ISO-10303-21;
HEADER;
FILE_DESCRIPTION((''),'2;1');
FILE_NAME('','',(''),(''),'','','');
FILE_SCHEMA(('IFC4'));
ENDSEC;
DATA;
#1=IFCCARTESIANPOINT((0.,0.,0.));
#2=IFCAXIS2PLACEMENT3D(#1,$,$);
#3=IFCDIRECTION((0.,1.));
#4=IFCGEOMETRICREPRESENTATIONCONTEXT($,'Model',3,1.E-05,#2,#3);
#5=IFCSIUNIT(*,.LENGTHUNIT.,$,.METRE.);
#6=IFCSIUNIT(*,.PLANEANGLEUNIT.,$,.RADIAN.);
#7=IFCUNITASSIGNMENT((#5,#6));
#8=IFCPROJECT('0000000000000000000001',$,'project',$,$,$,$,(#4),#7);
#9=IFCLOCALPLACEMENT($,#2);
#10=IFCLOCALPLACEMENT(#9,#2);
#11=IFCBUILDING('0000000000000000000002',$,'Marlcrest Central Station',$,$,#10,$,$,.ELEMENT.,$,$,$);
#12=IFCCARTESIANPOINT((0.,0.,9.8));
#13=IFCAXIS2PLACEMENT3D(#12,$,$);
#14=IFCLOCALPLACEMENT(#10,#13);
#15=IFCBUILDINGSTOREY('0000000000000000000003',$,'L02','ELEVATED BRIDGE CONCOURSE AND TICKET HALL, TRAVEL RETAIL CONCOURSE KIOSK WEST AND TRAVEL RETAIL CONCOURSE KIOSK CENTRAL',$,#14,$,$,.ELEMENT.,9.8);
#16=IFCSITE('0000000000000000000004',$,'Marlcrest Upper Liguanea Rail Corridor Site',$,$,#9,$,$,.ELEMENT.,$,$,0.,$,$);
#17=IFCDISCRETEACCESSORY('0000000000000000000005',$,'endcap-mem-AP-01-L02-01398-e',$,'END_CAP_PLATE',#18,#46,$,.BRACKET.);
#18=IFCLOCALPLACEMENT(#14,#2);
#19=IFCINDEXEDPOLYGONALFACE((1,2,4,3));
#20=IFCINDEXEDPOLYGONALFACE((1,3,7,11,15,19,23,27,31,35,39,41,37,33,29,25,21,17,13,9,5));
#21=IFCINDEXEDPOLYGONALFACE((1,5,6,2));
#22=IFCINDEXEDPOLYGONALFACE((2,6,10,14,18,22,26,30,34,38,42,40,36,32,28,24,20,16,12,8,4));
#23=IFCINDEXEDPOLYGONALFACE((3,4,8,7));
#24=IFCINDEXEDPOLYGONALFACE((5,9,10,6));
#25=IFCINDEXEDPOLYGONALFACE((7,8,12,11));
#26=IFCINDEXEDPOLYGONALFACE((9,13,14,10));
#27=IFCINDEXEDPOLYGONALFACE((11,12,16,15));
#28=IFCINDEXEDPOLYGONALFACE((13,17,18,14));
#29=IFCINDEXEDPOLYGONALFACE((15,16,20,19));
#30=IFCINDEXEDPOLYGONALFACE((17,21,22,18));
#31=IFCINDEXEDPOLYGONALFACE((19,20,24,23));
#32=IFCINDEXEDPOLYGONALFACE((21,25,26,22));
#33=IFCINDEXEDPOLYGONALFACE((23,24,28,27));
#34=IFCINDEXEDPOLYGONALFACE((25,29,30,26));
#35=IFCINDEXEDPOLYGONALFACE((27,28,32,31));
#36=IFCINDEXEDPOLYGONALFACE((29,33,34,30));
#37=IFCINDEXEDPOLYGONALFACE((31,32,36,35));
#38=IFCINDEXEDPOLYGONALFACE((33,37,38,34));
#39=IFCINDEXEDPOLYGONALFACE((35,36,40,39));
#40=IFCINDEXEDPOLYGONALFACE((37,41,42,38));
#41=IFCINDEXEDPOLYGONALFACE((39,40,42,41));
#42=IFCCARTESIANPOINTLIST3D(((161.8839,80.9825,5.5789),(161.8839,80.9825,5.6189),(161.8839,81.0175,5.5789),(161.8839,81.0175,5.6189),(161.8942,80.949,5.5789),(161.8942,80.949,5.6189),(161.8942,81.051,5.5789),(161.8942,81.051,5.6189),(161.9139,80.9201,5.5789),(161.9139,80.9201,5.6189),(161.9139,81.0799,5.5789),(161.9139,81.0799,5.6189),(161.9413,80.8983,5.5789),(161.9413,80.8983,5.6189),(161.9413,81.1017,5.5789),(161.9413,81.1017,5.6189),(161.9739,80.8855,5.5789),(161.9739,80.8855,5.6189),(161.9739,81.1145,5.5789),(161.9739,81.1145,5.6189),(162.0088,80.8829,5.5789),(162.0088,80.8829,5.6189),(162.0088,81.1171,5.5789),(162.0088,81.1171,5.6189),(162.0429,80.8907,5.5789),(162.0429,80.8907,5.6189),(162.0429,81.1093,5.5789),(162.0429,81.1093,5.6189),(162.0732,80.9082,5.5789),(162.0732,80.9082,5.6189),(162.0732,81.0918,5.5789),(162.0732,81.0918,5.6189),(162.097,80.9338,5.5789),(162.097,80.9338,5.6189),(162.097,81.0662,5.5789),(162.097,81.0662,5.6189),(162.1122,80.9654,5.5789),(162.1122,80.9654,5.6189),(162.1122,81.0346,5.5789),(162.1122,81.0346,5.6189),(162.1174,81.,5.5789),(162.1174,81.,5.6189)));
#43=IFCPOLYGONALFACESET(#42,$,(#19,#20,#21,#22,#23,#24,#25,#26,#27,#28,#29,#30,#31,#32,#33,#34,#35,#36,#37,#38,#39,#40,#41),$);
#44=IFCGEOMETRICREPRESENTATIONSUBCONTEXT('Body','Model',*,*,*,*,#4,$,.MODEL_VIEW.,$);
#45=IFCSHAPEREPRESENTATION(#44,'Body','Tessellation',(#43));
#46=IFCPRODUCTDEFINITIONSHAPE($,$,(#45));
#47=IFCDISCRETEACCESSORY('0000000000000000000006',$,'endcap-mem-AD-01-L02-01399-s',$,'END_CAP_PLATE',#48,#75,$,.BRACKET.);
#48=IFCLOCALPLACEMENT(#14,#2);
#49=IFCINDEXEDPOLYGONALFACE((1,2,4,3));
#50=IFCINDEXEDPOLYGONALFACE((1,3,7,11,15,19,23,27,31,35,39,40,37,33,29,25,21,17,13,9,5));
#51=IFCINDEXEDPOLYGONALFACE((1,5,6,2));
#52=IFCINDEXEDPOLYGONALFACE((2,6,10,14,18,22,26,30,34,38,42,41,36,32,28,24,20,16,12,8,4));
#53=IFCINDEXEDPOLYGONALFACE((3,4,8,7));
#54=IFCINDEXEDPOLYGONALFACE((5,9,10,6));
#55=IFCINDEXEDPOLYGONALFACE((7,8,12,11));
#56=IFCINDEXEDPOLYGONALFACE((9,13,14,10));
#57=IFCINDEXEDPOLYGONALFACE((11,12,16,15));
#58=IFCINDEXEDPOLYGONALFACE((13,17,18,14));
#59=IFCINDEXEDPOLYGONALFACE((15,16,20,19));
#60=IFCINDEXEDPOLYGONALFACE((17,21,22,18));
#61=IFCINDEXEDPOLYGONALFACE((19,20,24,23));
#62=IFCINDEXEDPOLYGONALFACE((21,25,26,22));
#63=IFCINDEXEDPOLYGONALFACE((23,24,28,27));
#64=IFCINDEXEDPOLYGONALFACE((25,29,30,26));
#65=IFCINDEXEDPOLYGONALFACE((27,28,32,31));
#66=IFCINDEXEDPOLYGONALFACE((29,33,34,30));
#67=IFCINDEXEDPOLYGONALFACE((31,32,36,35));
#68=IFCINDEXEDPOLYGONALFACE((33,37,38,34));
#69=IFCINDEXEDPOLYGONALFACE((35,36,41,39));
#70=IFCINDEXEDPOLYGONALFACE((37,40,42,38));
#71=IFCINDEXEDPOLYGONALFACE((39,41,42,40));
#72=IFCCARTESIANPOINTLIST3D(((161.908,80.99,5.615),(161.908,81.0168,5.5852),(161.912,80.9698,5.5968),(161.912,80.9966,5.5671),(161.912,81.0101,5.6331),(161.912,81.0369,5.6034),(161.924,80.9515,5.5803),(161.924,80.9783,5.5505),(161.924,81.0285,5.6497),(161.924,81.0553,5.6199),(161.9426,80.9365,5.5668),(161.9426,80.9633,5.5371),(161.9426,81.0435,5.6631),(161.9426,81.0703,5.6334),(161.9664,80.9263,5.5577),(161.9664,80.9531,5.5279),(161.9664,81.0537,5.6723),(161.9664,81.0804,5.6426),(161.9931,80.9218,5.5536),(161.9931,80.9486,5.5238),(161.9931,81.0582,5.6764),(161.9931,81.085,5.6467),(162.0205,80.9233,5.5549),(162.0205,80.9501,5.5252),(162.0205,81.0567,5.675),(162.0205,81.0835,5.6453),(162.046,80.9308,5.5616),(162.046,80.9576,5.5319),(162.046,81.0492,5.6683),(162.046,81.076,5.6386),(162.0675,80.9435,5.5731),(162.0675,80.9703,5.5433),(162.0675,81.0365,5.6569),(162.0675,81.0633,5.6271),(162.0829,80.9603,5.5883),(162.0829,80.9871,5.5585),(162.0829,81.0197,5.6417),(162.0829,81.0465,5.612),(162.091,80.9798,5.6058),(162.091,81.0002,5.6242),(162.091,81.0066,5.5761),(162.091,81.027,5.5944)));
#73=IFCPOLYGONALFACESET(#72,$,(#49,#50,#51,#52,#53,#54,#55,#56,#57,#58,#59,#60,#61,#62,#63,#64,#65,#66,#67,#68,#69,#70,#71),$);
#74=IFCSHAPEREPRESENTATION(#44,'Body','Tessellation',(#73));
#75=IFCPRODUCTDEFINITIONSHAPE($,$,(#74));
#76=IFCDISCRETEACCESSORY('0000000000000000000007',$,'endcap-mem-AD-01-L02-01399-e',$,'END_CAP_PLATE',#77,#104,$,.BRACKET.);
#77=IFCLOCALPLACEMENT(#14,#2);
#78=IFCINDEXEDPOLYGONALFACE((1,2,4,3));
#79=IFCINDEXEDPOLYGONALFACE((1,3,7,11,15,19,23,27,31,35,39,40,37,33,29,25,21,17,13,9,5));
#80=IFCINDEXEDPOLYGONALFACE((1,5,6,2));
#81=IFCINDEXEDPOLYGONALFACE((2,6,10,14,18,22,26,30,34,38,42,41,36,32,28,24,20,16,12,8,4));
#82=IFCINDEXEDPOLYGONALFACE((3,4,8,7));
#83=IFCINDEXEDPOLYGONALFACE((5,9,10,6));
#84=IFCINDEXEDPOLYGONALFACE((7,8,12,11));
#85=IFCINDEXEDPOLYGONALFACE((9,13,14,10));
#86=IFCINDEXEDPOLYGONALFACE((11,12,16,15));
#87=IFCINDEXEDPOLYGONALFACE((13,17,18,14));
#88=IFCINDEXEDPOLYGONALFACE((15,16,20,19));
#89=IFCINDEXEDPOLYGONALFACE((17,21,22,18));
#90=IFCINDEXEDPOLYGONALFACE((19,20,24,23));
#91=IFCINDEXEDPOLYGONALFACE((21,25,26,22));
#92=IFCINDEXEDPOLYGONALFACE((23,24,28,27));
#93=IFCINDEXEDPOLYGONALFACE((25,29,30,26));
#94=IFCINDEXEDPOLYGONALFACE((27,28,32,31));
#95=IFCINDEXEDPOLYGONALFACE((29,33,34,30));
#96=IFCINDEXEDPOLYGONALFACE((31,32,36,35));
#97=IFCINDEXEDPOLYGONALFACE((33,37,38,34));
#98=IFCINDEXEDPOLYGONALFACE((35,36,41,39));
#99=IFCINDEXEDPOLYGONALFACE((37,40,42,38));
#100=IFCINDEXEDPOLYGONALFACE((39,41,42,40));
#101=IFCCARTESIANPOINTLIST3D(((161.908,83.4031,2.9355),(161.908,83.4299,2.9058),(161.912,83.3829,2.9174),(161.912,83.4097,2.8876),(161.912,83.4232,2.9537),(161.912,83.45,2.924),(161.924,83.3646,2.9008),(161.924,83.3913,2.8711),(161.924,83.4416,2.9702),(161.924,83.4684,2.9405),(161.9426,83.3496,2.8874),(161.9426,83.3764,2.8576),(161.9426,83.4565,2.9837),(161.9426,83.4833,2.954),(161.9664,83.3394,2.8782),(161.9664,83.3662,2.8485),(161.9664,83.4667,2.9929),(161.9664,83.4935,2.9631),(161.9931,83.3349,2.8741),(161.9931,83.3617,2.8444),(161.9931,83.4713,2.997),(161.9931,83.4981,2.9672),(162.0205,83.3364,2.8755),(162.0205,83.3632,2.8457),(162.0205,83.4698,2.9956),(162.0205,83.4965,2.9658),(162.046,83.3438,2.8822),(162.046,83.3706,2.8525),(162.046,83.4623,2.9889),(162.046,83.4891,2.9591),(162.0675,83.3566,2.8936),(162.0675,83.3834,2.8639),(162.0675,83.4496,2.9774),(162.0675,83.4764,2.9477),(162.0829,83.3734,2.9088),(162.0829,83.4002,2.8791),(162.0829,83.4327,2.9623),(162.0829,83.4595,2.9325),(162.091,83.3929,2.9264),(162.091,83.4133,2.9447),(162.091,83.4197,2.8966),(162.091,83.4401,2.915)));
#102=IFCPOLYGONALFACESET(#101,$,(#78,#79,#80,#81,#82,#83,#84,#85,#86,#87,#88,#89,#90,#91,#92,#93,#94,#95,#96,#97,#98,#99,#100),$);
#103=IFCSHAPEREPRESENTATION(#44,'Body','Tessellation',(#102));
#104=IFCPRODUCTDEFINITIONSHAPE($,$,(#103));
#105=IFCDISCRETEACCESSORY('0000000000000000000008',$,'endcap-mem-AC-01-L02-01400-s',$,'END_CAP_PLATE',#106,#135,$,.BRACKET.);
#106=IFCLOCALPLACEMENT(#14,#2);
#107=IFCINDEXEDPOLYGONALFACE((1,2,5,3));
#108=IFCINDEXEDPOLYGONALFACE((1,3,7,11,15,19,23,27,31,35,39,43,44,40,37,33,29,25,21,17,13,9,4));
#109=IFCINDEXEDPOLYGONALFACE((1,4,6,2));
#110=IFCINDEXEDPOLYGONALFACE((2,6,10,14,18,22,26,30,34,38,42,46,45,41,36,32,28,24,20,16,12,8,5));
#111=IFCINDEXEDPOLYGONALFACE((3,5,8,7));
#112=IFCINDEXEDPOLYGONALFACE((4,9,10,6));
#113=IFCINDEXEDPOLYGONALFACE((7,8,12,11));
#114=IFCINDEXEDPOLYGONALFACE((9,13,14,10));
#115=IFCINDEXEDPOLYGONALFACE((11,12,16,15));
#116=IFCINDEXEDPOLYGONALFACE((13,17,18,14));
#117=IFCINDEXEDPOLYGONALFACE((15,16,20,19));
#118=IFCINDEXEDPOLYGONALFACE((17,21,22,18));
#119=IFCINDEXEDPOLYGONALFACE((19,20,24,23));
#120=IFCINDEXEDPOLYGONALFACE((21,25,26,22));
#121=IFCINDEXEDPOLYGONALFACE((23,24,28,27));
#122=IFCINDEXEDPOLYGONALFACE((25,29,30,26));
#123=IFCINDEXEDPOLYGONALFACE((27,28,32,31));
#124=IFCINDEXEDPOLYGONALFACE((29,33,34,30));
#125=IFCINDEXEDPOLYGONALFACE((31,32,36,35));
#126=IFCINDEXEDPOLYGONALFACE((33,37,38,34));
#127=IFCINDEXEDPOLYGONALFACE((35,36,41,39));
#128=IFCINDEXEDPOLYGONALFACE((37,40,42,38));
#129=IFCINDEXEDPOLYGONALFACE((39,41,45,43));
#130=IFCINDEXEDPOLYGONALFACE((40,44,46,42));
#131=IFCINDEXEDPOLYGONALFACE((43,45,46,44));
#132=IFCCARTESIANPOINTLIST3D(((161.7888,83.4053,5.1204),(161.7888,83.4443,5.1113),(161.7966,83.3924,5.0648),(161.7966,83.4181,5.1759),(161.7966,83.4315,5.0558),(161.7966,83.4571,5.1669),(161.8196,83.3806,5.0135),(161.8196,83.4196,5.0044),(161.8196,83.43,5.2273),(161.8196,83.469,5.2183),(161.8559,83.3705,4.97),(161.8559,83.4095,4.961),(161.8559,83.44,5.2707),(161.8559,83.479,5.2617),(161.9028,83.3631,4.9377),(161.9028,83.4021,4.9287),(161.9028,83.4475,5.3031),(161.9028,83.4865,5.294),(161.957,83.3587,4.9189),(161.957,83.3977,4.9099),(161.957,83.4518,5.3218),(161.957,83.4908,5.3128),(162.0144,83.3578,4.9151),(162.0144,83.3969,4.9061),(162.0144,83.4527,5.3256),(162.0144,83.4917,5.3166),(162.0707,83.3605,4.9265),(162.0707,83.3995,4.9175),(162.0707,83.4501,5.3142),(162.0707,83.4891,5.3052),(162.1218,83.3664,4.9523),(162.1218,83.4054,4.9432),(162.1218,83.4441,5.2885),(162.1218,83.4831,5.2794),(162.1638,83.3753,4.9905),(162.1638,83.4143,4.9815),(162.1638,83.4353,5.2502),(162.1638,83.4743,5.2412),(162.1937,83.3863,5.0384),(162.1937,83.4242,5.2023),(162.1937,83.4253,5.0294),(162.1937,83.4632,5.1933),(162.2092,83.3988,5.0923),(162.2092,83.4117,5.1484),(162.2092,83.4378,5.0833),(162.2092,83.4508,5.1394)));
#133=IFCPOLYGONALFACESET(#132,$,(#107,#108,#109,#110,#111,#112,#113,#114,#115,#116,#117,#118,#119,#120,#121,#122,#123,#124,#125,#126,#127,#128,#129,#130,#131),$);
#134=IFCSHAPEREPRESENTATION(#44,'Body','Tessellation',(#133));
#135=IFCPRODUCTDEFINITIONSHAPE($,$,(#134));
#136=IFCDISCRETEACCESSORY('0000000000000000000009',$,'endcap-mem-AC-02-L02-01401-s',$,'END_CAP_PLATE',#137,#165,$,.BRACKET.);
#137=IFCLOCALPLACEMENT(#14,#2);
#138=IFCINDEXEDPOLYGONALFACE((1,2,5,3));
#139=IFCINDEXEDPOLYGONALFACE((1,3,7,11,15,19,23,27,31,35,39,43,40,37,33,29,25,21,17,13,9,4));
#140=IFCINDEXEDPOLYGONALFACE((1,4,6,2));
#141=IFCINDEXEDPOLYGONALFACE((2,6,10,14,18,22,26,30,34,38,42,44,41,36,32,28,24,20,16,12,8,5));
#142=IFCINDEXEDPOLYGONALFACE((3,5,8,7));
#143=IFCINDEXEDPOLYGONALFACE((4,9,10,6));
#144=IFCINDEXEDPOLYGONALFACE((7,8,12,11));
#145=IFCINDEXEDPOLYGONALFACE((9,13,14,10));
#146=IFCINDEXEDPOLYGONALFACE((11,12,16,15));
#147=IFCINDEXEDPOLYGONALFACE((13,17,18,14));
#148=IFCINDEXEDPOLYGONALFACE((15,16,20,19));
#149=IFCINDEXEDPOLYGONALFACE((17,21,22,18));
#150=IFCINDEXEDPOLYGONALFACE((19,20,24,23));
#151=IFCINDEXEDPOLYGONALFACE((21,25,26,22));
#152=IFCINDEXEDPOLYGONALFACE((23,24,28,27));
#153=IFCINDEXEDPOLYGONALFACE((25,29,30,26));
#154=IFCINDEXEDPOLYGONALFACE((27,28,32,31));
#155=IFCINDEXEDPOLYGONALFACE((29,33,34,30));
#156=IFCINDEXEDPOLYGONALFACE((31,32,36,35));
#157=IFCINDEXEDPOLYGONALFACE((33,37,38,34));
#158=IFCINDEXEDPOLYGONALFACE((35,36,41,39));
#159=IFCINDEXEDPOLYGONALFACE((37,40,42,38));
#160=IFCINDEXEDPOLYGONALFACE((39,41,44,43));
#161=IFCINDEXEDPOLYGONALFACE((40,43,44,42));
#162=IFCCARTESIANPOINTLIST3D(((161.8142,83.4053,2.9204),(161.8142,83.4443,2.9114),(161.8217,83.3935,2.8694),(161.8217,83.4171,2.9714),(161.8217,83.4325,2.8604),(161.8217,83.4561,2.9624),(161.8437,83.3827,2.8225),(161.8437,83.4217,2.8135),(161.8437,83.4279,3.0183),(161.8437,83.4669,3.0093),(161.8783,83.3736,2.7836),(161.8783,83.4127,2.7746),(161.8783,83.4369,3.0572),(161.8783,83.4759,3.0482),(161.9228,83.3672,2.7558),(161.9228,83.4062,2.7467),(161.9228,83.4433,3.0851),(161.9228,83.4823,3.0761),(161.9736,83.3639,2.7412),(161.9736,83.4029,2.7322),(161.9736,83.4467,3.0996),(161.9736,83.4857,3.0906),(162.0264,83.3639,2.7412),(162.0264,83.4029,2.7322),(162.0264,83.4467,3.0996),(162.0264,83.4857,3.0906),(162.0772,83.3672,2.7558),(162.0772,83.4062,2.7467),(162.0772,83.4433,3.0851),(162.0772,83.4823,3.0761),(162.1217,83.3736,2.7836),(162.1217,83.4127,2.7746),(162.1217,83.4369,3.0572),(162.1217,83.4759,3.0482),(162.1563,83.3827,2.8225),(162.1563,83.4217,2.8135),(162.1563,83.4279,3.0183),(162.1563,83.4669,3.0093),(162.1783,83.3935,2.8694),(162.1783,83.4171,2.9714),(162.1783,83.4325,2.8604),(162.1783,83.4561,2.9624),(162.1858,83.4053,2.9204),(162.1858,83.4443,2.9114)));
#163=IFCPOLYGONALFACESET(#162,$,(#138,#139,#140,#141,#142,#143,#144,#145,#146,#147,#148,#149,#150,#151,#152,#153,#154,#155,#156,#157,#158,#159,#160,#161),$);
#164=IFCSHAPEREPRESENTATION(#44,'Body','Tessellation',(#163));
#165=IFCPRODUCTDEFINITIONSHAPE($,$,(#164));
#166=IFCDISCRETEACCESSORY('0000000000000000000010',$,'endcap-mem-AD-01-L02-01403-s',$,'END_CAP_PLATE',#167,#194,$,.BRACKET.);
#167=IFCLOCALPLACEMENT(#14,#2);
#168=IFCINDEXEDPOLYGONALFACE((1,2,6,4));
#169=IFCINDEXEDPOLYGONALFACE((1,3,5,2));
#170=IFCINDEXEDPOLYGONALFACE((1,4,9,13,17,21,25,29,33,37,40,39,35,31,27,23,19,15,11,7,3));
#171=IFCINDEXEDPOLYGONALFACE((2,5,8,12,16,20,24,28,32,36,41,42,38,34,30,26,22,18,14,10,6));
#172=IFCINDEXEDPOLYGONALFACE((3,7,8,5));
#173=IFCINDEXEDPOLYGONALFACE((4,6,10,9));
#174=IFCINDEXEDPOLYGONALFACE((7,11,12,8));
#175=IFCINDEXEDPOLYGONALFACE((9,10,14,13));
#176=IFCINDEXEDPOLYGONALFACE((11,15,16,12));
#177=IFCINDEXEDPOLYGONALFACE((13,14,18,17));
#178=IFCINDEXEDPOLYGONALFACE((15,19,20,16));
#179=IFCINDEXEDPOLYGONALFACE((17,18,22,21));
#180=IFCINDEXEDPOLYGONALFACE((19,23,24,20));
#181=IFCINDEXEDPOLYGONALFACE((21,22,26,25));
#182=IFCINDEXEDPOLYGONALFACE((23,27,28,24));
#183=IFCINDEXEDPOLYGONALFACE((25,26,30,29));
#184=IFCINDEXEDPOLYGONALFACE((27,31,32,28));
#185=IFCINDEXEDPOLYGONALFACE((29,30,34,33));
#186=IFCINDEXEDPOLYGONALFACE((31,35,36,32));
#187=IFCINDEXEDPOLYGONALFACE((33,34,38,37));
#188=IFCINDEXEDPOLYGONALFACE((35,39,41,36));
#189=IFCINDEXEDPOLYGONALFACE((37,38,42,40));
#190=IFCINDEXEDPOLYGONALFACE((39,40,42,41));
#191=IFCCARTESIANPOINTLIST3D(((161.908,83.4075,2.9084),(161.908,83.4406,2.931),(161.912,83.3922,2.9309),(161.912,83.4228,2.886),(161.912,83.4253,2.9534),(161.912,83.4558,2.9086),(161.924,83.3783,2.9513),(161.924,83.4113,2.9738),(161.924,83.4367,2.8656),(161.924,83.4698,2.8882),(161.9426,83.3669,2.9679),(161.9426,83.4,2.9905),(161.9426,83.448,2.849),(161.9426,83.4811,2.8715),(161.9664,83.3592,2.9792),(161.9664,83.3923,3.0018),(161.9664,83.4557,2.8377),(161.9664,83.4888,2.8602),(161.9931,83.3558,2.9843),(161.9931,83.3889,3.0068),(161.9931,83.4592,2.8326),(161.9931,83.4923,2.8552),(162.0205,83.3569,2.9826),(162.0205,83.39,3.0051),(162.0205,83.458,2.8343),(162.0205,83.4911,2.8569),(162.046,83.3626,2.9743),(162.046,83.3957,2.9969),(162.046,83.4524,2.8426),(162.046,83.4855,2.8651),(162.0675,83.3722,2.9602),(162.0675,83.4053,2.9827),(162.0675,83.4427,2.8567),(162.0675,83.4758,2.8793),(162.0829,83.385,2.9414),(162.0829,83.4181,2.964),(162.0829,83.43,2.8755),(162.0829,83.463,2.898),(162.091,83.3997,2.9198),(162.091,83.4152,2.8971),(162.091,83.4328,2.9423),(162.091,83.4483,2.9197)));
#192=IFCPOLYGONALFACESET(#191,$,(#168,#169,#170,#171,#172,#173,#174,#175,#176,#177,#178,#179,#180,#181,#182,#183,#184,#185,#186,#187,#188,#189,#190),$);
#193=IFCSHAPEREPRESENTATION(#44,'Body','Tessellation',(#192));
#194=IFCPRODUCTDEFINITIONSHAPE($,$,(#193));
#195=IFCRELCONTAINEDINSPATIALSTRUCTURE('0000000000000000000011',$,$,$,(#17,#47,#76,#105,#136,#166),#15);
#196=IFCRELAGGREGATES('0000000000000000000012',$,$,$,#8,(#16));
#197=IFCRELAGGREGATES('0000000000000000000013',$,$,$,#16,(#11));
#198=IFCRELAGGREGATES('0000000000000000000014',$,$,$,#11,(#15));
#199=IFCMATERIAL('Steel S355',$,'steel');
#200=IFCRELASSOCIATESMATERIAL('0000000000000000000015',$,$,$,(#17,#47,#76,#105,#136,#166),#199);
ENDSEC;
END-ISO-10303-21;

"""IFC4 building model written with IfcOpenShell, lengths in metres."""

from ifc_helpers import new_model, si_unit, direction, frame, origin, origin_2d, place, context, subcontext, project, spatial, circle, extrude, material, element, save


model = new_model("IFC4")

# Units and contexts
model_context = context("Model", 3, precision=1e-05, world=origin(), true_north=direction((0.0, 1.0)))
body_context = subcontext(model_context, "Body", "Model", "MODEL_VIEW")
ifc_project = project(units=[si_unit("LENGTHUNIT", "METRE"), si_unit("PLANEANGLEUNIT", "RADIAN")], contexts=[model_context])

# Site, building, storey
site_placement = place(None, origin())
site = spatial("IfcSite", under=ifc_project, at=site_placement, Name="Marlcrest Upper Liguanea Rail Corridor Site", CompositionType="ELEMENT", RefElevation=0.0)
building_placement = place(site_placement, origin())
building = spatial("IfcBuilding", under=site, at=building_placement, Name="Marlcrest Central Station", CompositionType="ELEMENT")
storey_placement = place(building_placement, frame((0.0, 0.0, 9.8)))
storey = spatial("IfcBuildingStorey", under=building, at=storey_placement, Name="L02", Description="ELEVATED BRIDGE CONCOURSE AND TICKET HALL, TRAVEL RETAIL CONCOURSE KIOSK WEST AND TRAVEL RETAIL CONCOURSE KIOSK CENTRAL", CompositionType="ELEMENT", Elevation=9.8)

# Shared definitions
ifc_material_1 = material(Name="Steel S355", Category="steel")

# Discrete accessories
for number, where, z_axis, x_axis, name in (
    (1, (162.0, 81.0, 5.5789), (0.0, 0.0, 1.0), (1.0, 0.0, 0.0), "endcap-mem-AP-01-L02-01398-e"),
):
    element("IfcDiscreteAccessory", number, at=place(storey_placement, frame(where, z_axis=z_axis, x_axis=x_axis)), inside=storey, material=ifc_material_1, Name=name, ObjectType="END_CAP_PLATE", PredefinedType="BRACKET", context=body_context, shape_type="SweptSolid", body=[
        extrude(circle(Radius=0.1174, at=origin_2d()), origin(), (0.0, 0.0, 1.0), 0.04),
    ])
for number, where, z_axis, x_axis, name in (
    (2, (162.0, 80.99, 5.615), (0.0, 0.669244, -0.743042), (-1.0, 0.0, 0.0), "endcap-mem-AD-01-L02-01399-s"),
    (3, (162.0, 83.4031, 2.9355), (0.0, 0.669244, -0.743042), (-1.0, 0.0, 0.0), "endcap-mem-AD-01-L02-01399-e"),
):
    element("IfcDiscreteAccessory", number, at=place(storey_placement, frame(where, z_axis=z_axis, x_axis=x_axis)), inside=storey, material=ifc_material_1, Name=name, ObjectType="END_CAP_PLATE", PredefinedType="BRACKET", context=body_context, shape_type="SweptSolid", body=[
        extrude(circle(Radius=0.092, at=origin_2d()), origin(), (0.0, 0.0, 1.0), 0.04),
    ])
discrete_accessory_1_placement = place(storey_placement, frame((162.0, 83.4053, 5.1204), z_axis=(0.0, 0.97433, -0.225126), x_axis=(-1.0, 0.0, 0.0)))
element("IfcDiscreteAccessory", 4, at=discrete_accessory_1_placement, inside=storey, material=ifc_material_1, Name="endcap-mem-AC-01-L02-01400-s", ObjectType="END_CAP_PLATE", PredefinedType="BRACKET", context=body_context, shape_type="SweptSolid", body=[
    extrude(circle(Radius=0.2112, at=origin_2d()), origin(), (0.0, 0.0, 1.0), 0.04),
])
discrete_accessory_2_placement = place(storey_placement, frame((162.0, 83.4053, 2.9204), z_axis=(0.0, 0.974308, -0.22522), x_axis=(-1.0, 0.0, 0.0)))
element("IfcDiscreteAccessory", 5, at=discrete_accessory_2_placement, inside=storey, material=ifc_material_1, Name="endcap-mem-AC-02-L02-01401-s", ObjectType="END_CAP_PLATE", PredefinedType="BRACKET", context=body_context, shape_type="SweptSolid", body=[
    extrude(circle(Radius=0.1858, at=origin_2d()), origin(), (0.0, 0.0, 1.0), 0.04),
])
discrete_accessory_3_placement = place(storey_placement, frame((162.0, 83.4075, 2.9084), z_axis=(0.0, 0.826263, 0.563285), x_axis=(-1.0, 0.0, 0.0)))
element("IfcDiscreteAccessory", 6, at=discrete_accessory_3_placement, inside=storey, material=ifc_material_1, Name="endcap-mem-AD-01-L02-01403-s", ObjectType="END_CAP_PLATE", PredefinedType="BRACKET", context=body_context, shape_type="SweptSolid", body=[
    extrude(circle(Radius=0.092, at=origin_2d()), origin(), (0.0, 0.0, 1.0), 0.04),
])

save(model, "model.ifc")
